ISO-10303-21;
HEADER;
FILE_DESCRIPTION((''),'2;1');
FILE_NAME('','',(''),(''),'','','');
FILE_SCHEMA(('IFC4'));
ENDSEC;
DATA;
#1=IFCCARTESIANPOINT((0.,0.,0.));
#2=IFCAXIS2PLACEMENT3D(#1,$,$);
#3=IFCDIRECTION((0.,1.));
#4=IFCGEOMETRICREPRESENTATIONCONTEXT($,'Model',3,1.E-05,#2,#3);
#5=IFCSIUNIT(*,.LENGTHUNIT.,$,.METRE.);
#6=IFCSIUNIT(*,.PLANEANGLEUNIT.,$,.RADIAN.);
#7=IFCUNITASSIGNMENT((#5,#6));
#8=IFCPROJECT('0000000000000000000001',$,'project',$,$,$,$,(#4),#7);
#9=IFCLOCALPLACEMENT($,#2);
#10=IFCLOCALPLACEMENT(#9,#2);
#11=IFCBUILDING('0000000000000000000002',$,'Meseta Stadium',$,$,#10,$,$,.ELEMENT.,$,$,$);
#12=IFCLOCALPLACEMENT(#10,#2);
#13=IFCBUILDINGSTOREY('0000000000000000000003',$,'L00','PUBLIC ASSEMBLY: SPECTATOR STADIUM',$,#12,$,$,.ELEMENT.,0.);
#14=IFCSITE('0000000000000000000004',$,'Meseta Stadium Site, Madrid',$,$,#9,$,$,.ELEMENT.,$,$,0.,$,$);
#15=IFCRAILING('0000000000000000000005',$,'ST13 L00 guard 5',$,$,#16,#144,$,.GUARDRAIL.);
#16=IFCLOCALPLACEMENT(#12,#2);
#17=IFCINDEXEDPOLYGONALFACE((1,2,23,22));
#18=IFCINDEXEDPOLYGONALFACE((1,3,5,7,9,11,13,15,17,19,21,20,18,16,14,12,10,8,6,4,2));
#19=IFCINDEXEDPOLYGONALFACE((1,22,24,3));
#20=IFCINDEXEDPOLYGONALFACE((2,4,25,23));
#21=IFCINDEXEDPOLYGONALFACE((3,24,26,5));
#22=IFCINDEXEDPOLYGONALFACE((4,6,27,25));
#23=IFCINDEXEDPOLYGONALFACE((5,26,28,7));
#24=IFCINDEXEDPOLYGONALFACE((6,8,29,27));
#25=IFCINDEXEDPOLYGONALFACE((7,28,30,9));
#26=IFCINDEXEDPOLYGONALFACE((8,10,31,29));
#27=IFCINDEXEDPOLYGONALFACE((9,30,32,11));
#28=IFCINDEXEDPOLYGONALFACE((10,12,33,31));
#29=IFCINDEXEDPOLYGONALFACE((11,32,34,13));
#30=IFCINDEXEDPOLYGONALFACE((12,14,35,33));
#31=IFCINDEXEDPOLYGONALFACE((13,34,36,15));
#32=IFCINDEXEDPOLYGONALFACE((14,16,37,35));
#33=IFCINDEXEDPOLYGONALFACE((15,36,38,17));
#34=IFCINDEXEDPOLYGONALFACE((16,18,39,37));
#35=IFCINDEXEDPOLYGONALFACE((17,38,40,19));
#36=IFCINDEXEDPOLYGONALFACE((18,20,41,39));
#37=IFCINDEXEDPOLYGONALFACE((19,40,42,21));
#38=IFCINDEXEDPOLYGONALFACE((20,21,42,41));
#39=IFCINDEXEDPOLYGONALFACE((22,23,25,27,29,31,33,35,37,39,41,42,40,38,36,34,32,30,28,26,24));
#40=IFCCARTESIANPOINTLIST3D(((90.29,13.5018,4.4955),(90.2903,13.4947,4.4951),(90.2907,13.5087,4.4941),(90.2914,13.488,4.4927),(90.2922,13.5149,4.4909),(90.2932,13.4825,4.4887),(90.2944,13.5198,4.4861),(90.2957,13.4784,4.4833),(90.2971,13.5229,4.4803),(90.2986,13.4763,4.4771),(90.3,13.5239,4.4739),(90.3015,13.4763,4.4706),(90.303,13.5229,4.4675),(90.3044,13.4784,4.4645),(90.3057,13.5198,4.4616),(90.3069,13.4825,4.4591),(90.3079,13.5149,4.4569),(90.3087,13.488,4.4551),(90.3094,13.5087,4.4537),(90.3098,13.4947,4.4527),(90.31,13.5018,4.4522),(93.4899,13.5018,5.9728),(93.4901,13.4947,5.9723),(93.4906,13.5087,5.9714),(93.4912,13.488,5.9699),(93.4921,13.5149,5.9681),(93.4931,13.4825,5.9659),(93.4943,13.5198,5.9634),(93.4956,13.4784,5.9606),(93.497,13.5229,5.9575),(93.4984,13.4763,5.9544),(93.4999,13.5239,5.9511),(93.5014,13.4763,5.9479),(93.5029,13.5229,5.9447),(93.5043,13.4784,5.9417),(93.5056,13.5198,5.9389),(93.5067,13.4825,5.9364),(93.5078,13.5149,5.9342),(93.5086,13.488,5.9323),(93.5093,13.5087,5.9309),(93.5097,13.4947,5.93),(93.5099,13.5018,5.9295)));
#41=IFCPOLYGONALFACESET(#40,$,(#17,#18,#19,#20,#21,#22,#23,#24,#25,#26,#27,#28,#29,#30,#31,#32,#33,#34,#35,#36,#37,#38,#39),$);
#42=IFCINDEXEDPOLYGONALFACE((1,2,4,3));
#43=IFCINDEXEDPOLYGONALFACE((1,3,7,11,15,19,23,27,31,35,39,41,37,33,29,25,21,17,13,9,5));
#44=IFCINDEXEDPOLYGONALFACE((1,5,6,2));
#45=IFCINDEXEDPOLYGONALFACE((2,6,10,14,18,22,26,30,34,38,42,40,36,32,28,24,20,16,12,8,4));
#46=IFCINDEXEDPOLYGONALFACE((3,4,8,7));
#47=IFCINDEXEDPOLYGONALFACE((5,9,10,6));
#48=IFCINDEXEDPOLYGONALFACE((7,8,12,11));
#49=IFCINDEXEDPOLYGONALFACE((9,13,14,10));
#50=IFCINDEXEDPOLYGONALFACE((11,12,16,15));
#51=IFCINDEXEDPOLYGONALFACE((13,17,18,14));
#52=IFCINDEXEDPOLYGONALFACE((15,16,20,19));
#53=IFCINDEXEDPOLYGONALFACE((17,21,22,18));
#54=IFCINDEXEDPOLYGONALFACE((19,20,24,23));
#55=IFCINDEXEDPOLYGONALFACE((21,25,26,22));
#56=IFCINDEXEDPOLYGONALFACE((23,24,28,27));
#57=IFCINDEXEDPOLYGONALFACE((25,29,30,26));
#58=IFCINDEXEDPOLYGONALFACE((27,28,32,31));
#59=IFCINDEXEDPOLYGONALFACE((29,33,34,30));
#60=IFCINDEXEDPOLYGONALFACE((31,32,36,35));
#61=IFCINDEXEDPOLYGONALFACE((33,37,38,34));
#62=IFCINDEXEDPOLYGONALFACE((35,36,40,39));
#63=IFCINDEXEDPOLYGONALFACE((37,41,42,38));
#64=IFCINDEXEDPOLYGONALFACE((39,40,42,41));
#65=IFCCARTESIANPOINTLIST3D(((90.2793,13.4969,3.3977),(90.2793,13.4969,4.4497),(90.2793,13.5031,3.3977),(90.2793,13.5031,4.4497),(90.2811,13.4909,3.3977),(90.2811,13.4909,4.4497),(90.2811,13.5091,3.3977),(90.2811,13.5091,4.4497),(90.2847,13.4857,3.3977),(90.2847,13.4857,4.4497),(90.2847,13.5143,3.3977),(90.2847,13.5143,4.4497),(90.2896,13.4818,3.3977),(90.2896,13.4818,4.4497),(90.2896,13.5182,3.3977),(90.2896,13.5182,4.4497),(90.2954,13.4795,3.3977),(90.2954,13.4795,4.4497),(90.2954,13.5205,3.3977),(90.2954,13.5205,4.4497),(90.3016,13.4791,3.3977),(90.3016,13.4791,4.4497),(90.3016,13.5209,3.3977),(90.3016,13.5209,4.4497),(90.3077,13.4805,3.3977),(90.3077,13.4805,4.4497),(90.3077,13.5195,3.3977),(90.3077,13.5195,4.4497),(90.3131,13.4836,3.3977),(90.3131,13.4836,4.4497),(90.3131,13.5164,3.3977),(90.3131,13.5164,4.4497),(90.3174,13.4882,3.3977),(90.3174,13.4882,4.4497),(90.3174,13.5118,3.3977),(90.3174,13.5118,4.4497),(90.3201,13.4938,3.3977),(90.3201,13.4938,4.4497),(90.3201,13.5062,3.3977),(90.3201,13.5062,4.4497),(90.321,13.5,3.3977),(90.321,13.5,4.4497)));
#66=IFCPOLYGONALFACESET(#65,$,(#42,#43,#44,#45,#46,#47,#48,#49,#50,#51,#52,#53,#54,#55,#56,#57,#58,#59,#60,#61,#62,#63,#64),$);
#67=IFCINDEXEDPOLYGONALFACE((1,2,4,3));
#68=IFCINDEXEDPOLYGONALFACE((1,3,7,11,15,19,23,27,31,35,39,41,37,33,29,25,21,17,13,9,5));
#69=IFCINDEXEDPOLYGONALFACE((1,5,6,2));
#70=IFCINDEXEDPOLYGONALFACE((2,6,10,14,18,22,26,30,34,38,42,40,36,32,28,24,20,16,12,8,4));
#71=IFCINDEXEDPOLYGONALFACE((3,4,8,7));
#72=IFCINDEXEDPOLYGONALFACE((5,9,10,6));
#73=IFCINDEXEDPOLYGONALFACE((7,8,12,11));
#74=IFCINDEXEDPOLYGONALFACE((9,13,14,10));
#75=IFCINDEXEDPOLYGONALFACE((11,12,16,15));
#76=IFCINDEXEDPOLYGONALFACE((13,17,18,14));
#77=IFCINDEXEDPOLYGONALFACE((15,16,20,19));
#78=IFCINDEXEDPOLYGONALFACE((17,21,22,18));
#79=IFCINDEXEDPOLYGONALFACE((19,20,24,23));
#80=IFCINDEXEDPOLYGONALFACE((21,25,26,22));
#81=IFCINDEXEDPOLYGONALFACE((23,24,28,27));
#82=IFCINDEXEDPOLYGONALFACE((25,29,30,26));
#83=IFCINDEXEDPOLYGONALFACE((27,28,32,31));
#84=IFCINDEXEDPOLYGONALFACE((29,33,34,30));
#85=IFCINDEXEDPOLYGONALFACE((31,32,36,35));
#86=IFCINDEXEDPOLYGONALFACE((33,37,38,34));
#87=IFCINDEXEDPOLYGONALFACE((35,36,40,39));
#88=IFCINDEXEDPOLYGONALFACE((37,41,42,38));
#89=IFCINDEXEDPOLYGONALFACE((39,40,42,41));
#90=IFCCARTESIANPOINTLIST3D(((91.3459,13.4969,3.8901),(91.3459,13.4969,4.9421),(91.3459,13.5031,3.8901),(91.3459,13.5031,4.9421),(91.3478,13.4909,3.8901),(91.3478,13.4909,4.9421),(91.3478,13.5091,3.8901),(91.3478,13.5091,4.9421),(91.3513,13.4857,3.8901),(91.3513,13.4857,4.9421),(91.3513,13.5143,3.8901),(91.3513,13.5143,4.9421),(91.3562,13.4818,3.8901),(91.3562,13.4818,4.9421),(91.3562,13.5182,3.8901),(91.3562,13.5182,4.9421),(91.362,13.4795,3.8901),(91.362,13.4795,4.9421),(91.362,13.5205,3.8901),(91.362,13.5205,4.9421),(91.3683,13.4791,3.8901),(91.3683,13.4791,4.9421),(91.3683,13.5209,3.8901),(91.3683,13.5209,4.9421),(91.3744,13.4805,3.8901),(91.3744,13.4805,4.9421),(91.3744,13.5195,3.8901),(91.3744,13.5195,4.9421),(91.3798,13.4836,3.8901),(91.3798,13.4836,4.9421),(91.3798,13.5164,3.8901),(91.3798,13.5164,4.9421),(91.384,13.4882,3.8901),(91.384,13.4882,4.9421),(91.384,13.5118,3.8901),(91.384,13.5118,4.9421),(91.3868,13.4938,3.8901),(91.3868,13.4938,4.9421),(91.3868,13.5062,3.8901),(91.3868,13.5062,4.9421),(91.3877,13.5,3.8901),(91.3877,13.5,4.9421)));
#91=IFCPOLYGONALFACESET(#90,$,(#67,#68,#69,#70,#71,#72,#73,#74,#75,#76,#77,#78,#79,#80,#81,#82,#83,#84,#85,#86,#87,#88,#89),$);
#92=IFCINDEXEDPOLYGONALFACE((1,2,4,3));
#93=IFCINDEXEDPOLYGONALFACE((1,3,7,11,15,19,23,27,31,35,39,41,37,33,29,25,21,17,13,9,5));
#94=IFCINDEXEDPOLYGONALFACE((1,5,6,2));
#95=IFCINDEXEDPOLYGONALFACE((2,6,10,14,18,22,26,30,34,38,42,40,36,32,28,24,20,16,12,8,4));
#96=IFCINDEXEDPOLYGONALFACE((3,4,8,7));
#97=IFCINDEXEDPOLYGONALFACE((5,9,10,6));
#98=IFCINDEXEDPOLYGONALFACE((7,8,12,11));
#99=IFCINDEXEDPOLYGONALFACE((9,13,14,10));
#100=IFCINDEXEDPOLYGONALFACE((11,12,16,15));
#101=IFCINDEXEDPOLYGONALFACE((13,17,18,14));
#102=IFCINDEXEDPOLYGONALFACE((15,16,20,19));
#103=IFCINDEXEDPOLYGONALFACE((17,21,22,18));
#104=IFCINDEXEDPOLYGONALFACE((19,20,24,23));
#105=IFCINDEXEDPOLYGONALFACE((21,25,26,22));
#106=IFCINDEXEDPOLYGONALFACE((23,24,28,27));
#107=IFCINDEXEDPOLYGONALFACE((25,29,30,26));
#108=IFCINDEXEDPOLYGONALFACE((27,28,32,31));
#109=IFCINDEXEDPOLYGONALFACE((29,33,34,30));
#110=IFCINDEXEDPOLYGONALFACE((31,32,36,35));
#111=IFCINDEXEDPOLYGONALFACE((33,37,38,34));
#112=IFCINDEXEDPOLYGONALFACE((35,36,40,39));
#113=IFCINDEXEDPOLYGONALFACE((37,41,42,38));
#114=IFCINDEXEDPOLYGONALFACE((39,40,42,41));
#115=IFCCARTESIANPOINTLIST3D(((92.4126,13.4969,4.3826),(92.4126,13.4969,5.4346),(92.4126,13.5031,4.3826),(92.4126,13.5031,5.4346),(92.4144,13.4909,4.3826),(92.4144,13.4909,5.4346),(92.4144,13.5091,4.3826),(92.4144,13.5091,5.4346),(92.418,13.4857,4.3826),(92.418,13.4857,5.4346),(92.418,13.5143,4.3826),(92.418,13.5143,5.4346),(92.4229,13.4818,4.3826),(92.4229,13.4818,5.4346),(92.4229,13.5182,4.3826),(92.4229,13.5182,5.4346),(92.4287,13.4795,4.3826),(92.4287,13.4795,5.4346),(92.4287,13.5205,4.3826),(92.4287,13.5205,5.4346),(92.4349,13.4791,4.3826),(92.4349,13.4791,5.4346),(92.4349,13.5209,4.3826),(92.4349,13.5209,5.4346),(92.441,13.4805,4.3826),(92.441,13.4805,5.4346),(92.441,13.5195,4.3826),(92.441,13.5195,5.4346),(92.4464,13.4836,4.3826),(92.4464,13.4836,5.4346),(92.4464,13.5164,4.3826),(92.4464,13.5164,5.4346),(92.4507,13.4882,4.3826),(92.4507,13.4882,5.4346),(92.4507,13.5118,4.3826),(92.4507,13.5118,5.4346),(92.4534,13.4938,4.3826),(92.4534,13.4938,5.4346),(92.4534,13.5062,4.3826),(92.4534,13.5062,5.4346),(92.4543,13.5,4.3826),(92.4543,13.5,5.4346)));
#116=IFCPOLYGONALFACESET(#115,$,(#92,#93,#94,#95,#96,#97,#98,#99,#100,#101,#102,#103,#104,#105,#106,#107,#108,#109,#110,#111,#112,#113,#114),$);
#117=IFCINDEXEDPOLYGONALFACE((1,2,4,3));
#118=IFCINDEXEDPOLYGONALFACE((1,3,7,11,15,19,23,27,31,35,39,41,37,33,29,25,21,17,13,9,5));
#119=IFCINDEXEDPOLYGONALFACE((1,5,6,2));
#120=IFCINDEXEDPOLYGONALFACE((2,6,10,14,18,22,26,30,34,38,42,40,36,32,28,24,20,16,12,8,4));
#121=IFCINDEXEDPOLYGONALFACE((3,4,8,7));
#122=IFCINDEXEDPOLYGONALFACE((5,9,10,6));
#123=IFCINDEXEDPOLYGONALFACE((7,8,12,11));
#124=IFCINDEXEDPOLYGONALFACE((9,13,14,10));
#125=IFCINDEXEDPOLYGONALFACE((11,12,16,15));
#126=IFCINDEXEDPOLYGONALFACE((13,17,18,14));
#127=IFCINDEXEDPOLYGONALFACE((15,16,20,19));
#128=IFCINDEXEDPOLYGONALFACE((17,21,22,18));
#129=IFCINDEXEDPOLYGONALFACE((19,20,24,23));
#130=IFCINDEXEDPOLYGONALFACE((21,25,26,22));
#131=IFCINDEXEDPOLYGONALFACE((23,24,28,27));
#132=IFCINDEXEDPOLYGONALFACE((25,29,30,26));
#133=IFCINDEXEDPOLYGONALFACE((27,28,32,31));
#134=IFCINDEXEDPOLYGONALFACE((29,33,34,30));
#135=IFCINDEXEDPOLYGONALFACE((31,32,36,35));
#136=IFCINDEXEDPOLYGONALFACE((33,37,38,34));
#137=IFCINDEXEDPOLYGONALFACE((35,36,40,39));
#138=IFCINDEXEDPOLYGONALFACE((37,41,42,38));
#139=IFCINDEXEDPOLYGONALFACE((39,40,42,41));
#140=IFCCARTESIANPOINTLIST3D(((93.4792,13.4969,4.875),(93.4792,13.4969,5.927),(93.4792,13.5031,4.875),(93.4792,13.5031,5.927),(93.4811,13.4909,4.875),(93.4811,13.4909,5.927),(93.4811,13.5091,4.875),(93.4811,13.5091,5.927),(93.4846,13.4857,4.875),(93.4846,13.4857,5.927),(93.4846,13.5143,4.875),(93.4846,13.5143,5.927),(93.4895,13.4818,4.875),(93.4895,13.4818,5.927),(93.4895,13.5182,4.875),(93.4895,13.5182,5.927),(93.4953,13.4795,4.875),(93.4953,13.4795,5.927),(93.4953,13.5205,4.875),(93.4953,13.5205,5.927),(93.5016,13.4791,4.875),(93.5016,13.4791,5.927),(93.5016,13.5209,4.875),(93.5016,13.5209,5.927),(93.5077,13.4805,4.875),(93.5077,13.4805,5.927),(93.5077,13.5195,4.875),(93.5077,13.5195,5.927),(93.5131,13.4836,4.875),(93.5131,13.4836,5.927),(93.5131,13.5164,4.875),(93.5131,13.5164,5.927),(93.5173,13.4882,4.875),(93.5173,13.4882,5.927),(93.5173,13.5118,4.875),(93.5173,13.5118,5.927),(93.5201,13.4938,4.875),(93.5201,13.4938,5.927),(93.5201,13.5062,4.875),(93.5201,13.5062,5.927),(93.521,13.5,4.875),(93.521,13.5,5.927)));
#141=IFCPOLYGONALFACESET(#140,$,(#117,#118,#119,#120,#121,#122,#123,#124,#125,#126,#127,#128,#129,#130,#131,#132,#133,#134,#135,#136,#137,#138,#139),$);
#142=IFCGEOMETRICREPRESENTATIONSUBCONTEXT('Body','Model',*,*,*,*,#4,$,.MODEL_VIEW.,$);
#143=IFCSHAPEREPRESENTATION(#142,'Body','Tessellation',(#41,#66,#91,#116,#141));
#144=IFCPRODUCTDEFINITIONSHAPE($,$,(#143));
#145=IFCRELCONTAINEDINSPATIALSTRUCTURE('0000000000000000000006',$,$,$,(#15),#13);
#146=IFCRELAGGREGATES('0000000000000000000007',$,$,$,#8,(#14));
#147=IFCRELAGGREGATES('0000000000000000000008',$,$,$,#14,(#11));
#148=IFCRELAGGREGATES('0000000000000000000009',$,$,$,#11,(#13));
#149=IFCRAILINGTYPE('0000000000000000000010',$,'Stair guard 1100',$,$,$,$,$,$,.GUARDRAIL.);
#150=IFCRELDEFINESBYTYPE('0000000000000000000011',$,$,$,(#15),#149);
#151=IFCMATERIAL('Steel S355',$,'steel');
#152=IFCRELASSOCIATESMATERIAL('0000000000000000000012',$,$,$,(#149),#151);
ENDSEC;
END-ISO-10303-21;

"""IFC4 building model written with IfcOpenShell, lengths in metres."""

from ifc_helpers import new_model, si_unit, direction, frame, origin, origin_2d, place, context, subcontext, project, spatial, circle, extrude, material, type_object, element, save


model = new_model("IFC4")

# Units and contexts
model_context = context("Model", 3, precision=1e-05, world=origin(), true_north=direction((0.0, 1.0)))
body_context = subcontext(model_context, "Body", "Model", "MODEL_VIEW")
ifc_project = project(units=[si_unit("LENGTHUNIT", "METRE"), si_unit("PLANEANGLEUNIT", "RADIAN")], contexts=[model_context])

# Site, building, storey
site_placement = place(None, origin())
site = spatial("IfcSite", under=ifc_project, at=site_placement, Name="Meseta Stadium Site, Madrid", CompositionType="ELEMENT", RefElevation=0.0)
building_placement = place(site_placement, origin())
building = spatial("IfcBuilding", under=site, at=building_placement, Name="Meseta Stadium", CompositionType="ELEMENT")
storey_placement = place(building_placement, origin())
storey = spatial("IfcBuildingStorey", under=building, at=storey_placement, Name="L00", Description="PUBLIC ASSEMBLY: SPECTATOR STADIUM", CompositionType="ELEMENT", Elevation=0.0)

# Railing
ifc_material_1 = material(Name="Steel S355", Category="steel")
railing_type_1 = type_object("IfcRailingType", Name="Stair guard 1100", PredefinedType="GUARDRAIL", material=ifc_material_1)
railing_1_placement = place(storey_placement, frame((90.3, 13.5, 3.3977)))
element("IfcRailing", 1, at=railing_1_placement, inside=storey, type_object=railing_type_1, Name="ST13 L00 guard 5", PredefinedType="GUARDRAIL", context=body_context, shape_type="SweptSolid", body=[
    extrude(circle(Radius=0.0239, at=origin_2d()), frame((0.0, 0.0, 1.0762), z_axis=(0.907917, 0.0, 0.41915), x_axis=(0.0, 1.0, 0.0)), (0.0, 0.0, 1.0), 3.5244),
    extrude(circle(Radius=0.021, at=origin_2d()), origin(), (0.0, 0.0, 1.0), 1.052),
    extrude(circle(Radius=0.021, at=origin_2d()), frame((1.0667, 0.0, 0.4924)), (0.0, 0.0, 1.0), 1.052),
    extrude(circle(Radius=0.021, at=origin_2d()), frame((2.1333, 0.0, 0.9849)), (0.0, 0.0, 1.0), 1.052),
    extrude(circle(Radius=0.021, at=origin_2d()), frame((3.2, 0.0, 1.4773)), (0.0, 0.0, 1.0), 1.052),
])

save(model, "model.ifc")
